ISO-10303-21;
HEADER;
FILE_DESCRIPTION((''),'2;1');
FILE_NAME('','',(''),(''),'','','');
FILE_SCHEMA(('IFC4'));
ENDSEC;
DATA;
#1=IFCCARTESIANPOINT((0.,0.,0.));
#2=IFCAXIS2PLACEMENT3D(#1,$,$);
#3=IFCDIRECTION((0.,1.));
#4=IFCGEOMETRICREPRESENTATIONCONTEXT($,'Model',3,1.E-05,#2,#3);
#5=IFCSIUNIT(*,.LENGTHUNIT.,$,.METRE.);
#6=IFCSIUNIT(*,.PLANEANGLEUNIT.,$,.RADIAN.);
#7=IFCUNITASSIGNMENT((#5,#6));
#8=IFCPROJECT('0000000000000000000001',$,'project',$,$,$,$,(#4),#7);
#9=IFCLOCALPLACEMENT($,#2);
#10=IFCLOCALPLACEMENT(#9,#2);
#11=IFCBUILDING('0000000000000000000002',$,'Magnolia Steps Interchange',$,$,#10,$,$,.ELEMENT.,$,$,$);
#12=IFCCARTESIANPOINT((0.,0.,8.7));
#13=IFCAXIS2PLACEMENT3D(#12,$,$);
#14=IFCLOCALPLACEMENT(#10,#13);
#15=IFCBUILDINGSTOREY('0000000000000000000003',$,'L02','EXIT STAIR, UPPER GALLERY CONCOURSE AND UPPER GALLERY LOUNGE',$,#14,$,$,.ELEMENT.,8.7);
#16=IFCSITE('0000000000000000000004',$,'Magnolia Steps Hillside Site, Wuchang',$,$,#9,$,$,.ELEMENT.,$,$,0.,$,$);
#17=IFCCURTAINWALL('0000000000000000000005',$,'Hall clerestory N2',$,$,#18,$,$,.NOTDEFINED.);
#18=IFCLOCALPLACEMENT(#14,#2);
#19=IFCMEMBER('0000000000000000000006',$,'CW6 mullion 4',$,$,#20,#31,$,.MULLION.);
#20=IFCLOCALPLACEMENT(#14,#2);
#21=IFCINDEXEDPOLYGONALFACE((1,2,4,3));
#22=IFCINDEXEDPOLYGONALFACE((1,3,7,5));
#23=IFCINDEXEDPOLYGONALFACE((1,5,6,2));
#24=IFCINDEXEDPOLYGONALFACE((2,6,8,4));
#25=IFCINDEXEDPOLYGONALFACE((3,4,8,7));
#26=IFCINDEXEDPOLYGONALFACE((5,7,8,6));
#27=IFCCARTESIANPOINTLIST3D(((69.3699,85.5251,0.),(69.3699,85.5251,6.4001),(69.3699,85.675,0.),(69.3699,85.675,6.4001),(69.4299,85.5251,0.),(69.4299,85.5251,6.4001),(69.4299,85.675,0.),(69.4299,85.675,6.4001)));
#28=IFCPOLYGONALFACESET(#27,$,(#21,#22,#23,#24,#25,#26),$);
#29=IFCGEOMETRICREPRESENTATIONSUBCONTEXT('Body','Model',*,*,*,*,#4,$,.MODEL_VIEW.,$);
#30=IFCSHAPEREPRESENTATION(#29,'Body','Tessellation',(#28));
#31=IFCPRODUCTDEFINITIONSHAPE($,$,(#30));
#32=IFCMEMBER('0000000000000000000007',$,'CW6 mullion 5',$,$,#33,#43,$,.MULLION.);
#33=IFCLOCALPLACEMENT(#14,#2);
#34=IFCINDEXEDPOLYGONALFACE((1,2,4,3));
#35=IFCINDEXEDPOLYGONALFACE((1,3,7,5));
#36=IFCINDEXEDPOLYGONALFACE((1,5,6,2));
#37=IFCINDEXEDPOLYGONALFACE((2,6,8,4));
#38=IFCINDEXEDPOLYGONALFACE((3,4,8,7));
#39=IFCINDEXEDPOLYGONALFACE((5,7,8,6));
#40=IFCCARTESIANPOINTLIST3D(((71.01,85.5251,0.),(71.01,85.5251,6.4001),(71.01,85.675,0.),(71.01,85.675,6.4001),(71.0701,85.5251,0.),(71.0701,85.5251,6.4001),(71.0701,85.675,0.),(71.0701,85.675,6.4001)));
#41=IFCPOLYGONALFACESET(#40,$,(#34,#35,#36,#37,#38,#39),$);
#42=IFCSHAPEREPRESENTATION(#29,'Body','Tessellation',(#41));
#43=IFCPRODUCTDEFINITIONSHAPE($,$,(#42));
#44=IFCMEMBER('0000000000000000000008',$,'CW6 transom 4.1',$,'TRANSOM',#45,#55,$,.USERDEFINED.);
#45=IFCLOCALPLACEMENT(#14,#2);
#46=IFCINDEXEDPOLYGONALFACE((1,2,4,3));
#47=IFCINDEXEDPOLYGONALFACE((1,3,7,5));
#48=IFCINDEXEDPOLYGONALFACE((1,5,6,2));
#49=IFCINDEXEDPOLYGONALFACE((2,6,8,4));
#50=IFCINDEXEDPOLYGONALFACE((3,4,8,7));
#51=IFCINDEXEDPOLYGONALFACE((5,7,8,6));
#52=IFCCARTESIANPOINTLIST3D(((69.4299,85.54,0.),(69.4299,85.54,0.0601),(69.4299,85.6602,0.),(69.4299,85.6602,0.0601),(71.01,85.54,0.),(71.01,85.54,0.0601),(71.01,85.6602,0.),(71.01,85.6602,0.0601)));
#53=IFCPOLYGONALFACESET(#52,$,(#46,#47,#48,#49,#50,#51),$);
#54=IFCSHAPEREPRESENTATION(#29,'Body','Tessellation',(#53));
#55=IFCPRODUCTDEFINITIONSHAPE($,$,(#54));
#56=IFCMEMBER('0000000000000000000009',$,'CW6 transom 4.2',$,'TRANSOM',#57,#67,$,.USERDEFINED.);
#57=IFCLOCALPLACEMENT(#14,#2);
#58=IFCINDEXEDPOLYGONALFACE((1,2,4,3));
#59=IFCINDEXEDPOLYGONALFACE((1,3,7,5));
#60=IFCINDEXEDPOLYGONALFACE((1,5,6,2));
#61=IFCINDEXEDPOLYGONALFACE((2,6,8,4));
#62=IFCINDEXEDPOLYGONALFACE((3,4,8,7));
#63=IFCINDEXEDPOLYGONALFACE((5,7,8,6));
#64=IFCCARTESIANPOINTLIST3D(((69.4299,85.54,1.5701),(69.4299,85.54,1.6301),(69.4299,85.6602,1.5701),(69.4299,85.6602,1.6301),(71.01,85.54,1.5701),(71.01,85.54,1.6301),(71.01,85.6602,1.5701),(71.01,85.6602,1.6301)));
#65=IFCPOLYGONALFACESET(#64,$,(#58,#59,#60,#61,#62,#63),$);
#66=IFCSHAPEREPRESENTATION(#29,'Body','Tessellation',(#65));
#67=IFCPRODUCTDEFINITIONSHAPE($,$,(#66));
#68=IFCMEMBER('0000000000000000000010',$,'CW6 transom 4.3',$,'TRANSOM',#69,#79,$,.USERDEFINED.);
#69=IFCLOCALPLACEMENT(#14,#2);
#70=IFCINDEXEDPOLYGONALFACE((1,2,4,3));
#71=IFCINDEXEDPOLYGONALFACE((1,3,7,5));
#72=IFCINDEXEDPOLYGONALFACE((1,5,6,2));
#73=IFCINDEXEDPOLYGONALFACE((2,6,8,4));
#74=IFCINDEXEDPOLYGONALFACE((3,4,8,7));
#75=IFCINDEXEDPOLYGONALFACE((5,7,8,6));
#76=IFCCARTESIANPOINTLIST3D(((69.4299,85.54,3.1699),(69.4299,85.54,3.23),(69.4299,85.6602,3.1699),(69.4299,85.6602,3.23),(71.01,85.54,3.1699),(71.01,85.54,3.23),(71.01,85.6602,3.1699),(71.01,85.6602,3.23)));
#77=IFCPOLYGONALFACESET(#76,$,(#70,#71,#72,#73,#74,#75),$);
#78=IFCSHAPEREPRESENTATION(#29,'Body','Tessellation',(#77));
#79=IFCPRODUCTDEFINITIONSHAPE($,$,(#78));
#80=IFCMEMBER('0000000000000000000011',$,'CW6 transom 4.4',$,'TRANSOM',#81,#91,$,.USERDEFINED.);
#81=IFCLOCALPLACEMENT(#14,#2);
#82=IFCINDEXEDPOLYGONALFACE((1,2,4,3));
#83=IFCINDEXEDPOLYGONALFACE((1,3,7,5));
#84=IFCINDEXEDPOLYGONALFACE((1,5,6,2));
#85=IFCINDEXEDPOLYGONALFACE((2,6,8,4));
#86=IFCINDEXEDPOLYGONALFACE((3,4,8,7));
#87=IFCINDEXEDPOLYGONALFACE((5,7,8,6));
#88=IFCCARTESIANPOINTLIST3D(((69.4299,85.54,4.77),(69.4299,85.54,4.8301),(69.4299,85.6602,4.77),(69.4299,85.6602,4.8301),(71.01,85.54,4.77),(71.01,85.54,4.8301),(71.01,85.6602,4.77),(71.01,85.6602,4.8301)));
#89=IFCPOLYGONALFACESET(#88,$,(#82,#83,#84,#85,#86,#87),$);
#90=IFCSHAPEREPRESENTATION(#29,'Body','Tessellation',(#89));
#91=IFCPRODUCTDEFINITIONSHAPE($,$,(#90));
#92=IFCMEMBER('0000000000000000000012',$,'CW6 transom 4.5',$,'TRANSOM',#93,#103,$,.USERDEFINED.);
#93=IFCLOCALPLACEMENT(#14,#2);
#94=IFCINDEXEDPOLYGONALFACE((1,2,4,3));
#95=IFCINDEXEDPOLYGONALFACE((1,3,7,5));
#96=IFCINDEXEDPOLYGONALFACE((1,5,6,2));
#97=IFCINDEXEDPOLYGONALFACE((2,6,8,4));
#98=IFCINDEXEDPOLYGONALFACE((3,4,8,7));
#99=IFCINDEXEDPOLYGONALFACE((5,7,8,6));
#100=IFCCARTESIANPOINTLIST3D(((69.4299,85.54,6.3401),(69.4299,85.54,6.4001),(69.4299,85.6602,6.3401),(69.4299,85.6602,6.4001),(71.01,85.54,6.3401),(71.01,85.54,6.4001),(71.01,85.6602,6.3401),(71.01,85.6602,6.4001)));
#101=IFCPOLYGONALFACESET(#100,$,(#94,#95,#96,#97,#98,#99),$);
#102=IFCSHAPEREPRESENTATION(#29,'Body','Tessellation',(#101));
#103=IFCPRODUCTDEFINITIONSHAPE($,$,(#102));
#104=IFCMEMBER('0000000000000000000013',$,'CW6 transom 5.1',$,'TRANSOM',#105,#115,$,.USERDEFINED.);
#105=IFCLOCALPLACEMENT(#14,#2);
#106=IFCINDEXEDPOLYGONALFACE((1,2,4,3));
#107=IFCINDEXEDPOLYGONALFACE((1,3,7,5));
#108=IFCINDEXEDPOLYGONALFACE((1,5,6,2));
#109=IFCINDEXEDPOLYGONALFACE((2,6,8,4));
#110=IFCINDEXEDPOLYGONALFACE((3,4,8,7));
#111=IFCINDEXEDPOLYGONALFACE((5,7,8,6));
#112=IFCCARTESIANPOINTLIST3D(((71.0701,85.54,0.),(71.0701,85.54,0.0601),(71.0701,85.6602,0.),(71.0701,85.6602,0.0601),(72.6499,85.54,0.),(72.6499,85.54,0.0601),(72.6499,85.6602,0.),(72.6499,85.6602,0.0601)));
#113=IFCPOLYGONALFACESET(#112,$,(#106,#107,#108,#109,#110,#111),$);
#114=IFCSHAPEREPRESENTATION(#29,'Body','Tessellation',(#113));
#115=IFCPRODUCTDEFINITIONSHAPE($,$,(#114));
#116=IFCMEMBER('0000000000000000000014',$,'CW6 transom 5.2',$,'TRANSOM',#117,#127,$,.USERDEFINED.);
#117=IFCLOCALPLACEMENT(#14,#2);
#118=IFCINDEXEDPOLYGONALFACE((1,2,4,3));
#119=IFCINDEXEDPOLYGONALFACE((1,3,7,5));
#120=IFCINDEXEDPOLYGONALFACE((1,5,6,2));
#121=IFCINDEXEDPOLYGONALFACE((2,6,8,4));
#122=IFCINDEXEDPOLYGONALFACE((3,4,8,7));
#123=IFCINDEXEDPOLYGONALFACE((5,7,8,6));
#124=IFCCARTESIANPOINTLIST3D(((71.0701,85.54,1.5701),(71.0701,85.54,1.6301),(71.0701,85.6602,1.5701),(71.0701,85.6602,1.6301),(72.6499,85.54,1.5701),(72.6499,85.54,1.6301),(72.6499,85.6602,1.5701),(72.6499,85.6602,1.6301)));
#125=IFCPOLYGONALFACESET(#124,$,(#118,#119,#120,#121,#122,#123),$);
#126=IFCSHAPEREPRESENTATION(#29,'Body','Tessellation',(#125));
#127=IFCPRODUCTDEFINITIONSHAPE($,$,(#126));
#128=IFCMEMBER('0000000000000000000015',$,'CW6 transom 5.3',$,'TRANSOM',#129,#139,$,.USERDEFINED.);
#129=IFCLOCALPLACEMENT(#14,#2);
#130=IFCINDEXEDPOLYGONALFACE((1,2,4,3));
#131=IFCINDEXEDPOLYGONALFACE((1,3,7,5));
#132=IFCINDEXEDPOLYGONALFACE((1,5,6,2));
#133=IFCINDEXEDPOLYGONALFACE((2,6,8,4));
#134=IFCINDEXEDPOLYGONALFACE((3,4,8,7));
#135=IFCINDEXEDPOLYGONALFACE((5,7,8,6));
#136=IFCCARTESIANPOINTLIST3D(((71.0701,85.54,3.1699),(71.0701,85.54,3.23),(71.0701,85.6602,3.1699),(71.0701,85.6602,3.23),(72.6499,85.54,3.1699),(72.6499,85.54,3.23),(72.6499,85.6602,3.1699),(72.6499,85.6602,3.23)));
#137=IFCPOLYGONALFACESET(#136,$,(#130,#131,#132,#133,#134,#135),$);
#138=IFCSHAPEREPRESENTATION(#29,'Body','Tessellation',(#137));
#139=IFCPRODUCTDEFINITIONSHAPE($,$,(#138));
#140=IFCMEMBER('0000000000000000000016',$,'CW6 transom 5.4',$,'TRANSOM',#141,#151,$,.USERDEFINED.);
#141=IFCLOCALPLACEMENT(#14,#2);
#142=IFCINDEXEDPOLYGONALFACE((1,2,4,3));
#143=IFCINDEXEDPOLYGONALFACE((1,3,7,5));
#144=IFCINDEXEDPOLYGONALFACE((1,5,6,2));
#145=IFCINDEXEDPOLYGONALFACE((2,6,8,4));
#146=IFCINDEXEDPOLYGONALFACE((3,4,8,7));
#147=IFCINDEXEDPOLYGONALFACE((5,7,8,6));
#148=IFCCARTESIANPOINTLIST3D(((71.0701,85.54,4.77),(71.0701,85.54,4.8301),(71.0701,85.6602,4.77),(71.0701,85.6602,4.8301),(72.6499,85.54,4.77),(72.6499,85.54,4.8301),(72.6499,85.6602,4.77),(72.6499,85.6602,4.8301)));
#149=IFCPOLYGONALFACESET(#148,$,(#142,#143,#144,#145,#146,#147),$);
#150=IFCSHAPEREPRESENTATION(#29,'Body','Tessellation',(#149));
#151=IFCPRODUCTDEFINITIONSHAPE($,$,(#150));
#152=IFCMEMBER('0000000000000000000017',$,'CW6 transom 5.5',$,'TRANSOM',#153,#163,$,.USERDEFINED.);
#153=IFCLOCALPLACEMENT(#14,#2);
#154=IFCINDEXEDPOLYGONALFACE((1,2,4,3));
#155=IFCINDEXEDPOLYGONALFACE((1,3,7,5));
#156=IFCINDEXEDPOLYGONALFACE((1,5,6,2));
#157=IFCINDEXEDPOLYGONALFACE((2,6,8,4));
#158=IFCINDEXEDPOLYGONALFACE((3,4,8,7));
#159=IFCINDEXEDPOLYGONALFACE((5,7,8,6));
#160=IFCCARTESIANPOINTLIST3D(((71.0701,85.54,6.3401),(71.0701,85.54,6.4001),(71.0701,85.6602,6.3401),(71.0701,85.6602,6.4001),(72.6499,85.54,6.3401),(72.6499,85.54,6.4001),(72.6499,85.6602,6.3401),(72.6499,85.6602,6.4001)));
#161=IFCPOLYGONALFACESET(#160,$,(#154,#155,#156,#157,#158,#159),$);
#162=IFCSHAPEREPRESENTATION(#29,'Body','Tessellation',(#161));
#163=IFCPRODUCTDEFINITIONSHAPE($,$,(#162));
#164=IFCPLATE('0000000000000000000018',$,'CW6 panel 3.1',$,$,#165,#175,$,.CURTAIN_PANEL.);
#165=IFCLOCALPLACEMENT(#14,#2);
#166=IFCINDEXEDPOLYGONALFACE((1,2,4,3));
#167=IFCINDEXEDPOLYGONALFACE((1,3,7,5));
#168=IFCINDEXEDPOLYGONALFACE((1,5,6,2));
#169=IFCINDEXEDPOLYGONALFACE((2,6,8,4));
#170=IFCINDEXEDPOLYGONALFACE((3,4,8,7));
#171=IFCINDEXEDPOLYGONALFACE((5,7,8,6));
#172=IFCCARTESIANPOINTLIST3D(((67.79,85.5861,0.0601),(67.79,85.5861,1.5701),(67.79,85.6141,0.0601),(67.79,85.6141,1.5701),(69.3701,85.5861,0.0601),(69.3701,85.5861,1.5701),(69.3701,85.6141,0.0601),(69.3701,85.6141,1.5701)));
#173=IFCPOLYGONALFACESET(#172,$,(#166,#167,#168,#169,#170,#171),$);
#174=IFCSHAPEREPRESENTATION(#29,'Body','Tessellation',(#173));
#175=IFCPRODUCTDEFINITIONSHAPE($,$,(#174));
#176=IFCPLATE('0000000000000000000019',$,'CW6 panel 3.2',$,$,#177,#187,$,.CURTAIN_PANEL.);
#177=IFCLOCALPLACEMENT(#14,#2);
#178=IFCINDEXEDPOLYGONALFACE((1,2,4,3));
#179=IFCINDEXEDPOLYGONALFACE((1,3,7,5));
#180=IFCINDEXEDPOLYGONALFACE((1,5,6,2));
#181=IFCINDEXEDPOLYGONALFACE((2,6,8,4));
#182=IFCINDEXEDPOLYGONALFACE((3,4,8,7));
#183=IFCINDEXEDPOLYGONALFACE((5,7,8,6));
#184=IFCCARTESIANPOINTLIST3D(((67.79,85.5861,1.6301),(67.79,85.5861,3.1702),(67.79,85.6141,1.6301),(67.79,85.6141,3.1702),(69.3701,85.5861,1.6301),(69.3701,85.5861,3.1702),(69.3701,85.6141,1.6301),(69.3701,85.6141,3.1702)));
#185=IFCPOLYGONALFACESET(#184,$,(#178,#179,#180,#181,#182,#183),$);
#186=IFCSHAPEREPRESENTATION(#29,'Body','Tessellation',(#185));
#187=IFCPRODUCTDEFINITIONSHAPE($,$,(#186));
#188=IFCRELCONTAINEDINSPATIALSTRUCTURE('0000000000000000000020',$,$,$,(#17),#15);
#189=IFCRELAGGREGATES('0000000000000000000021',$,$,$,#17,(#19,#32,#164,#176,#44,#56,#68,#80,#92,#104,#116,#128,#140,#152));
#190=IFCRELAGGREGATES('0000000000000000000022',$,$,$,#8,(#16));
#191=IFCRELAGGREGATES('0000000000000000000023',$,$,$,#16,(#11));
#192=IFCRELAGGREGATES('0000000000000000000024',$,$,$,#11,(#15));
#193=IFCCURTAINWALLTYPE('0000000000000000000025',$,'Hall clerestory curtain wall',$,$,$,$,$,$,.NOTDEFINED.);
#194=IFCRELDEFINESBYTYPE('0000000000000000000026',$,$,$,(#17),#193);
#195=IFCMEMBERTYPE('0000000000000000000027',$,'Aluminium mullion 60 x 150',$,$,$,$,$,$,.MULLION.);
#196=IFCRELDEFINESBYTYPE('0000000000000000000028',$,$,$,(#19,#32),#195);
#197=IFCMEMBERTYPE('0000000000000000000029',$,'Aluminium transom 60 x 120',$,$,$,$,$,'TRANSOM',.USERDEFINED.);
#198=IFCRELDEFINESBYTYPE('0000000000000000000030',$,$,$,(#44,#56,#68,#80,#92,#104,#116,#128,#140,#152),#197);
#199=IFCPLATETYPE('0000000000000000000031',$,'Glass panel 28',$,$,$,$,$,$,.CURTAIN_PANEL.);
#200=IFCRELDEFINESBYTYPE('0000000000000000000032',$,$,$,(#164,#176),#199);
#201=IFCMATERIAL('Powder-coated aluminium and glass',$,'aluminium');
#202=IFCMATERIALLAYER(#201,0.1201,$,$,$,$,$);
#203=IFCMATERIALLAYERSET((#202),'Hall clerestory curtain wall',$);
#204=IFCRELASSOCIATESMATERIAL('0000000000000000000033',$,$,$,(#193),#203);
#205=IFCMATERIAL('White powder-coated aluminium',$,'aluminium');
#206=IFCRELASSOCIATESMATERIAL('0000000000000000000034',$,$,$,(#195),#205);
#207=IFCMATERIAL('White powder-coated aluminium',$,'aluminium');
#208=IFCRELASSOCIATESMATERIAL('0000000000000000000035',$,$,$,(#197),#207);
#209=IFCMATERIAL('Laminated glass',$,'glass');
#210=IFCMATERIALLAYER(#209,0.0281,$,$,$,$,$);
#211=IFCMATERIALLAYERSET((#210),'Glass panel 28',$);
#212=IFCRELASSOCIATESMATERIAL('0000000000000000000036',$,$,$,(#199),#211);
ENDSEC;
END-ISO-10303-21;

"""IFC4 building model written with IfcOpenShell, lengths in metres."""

from ifc_helpers import new_model, si_unit, direction, frame, origin, origin_2d, place, context, subcontext, project, spatial, rectangle, extrude, material, layer, layer_set, material_profile, profile_set, type_object, element, aggregate, save


model = new_model("IFC4")

# Units and contexts
model_context = context("Model", 3, precision=1e-05, world=origin(), true_north=direction((0.0, 1.0)))
body_context = subcontext(model_context, "Body", "Model", "MODEL_VIEW")
ifc_project = project(units=[si_unit("LENGTHUNIT", "METRE"), si_unit("PLANEANGLEUNIT", "RADIAN")], contexts=[model_context])

# Site, building, storey
site_placement = place(None, origin())
site = spatial("IfcSite", under=ifc_project, at=site_placement, Name="Magnolia Steps Hillside Site, Wuchang", CompositionType="ELEMENT", RefElevation=0.0)
building_placement = place(site_placement, origin())
building = spatial("IfcBuilding", under=site, at=building_placement, Name="Magnolia Steps Interchange", CompositionType="ELEMENT")
storey_placement = place(building_placement, frame((0.0, 0.0, 8.7)))
storey = spatial("IfcBuildingStorey", under=building, at=storey_placement, Name="L02", Description="EXIT STAIR, UPPER GALLERY CONCOURSE AND UPPER GALLERY LOUNGE", CompositionType="ELEMENT", Elevation=8.7)

# Curtain wall, members, plates
ifc_material_1 = material(Name="Powder-coated aluminium and glass", Category="aluminium")
ifc_layer_1 = layer(ifc_material_1, 0.1201)
ifc_layer_set_1 = layer_set([ifc_layer_1], Name="Hall clerestory curtain wall")
curtain_wall_type = type_object("IfcCurtainWallType", Name="Hall clerestory curtain wall", PredefinedType="NOTDEFINED", material=ifc_layer_set_1)
curtain_wall_placement = place(storey_placement, origin())
curtain_wall = element("IfcCurtainWall", 1, at=curtain_wall_placement, inside=storey, type_object=curtain_wall_type, Name="Hall clerestory N2", PredefinedType="NOTDEFINED")
ifc_material_2 = material(Name="White powder-coated aluminium", Category="aluminium")
ifc_material_profile_1 = material_profile(ifc_material_2, rectangle(XDim=0.0601, YDim=0.1499, at=origin_2d()), Name="Aluminium mullion 60 x 150")
ifc_profile_set_1 = profile_set([ifc_material_profile_1], Name="White powder-coated aluminium")
member_type_1 = type_object("IfcMemberType", Name="Aluminium mullion 60 x 150", PredefinedType="MULLION", material=ifc_profile_set_1)
member_1_placement = place(storey_placement, frame((69.3999, 85.6001, 0.0), z_axis=(0.0, 0.0, 1.0), x_axis=(1.0, 0.0, 0.0)))
member_1 = element("IfcMember", 2, at=member_1_placement, type_object=member_type_1, Name="CW6 mullion 4", PredefinedType="MULLION", context=body_context, shape_type="SweptSolid", body=[
    extrude(rectangle(XDim=0.0601, YDim=0.1499, at=origin_2d()), origin(), (0.0, 0.0, 1.0), 6.4001),
])
member_2_placement = place(storey_placement, frame((71.04, 85.6001, 0.0), z_axis=(0.0, 0.0, 1.0), x_axis=(1.0, 0.0, 0.0)))
member_2 = element("IfcMember", 3, at=member_2_placement, type_object=member_type_1, Name="CW6 mullion 5", PredefinedType="MULLION", context=body_context, shape_type="SweptSolid", body=[
    extrude(rectangle(XDim=0.0601, YDim=0.1499, at=origin_2d()), origin(), (0.0, 0.0, 1.0), 6.4001),
])
ifc_material_3 = material(Name="White powder-coated aluminium", Category="aluminium")
ifc_material_profile_2 = material_profile(ifc_material_3, rectangle(XDim=0.0601, YDim=0.1201, at=origin_2d()), Name="Aluminium transom 60 x 120")
ifc_profile_set_2 = profile_set([ifc_material_profile_2], Name="White powder-coated aluminium")
member_type_2 = type_object("IfcMemberType", Name="Aluminium transom 60 x 120", ElementType="TRANSOM", PredefinedType="USERDEFINED", material=ifc_profile_set_2)
member_3_placement = place(storey_placement, frame((69.4299, 85.6001, 0.03), z_axis=(1.0, 0.0, 0.0), x_axis=(0.0, 0.0, 1.0)))
member_3 = element("IfcMember", 4, at=member_3_placement, type_object=member_type_2, Name="CW6 transom 4.1", ObjectType="TRANSOM", PredefinedType="USERDEFINED", context=body_context, shape_type="SweptSolid", body=[
    extrude(rectangle(XDim=0.0601, YDim=0.1201, at=origin_2d()), origin(), (0.0, 0.0, 1.0), 1.5801),
])
member_4_placement = place(storey_placement, frame((69.4299, 85.6001, 1.6001), z_axis=(1.0, 0.0, 0.0), x_axis=(0.0, 0.0, 1.0)))
member_4 = element("IfcMember", 5, at=member_4_placement, type_object=member_type_2, Name="CW6 transom 4.2", ObjectType="TRANSOM", PredefinedType="USERDEFINED", context=body_context, shape_type="SweptSolid", body=[
    extrude(rectangle(XDim=0.0601, YDim=0.1201, at=origin_2d()), origin(), (0.0, 0.0, 1.0), 1.5801),
])
member_5_placement = place(storey_placement, frame((69.4299, 85.6001, 3.2), z_axis=(1.0, 0.0, 0.0), x_axis=(0.0, 0.0, 1.0)))
member_5 = element("IfcMember", 6, at=member_5_placement, type_object=member_type_2, Name="CW6 transom 4.3", ObjectType="TRANSOM", PredefinedType="USERDEFINED", context=body_context, shape_type="SweptSolid", body=[
    extrude(rectangle(XDim=0.0601, YDim=0.1201, at=origin_2d()), origin(), (0.0, 0.0, 1.0), 1.5801),
])
member_6_placement = place(storey_placement, frame((69.4299, 85.6001, 4.8), z_axis=(1.0, 0.0, 0.0), x_axis=(0.0, 0.0, 1.0)))
member_6 = element("IfcMember", 7, at=member_6_placement, type_object=member_type_2, Name="CW6 transom 4.4", ObjectType="TRANSOM", PredefinedType="USERDEFINED", context=body_context, shape_type="SweptSolid", body=[
    extrude(rectangle(XDim=0.0601, YDim=0.1201, at=origin_2d()), origin(), (0.0, 0.0, 1.0), 1.5801),
])
member_7_placement = place(storey_placement, frame((69.4299, 85.6001, 6.3701), z_axis=(1.0, 0.0, 0.0), x_axis=(0.0, 0.0, 1.0)))
member_7 = element("IfcMember", 8, at=member_7_placement, type_object=member_type_2, Name="CW6 transom 4.5", ObjectType="TRANSOM", PredefinedType="USERDEFINED", context=body_context, shape_type="SweptSolid", body=[
    extrude(rectangle(XDim=0.0601, YDim=0.1201, at=origin_2d()), origin(), (0.0, 0.0, 1.0), 1.5801),
])
member_8_placement = place(storey_placement, frame((71.0701, 85.6001, 0.03), z_axis=(1.0, 0.0, 0.0), x_axis=(0.0, 0.0, 1.0)))
member_8 = element("IfcMember", 9, at=member_8_placement, type_object=member_type_2, Name="CW6 transom 5.1", ObjectType="TRANSOM", PredefinedType="USERDEFINED", context=body_context, shape_type="SweptSolid", body=[
    extrude(rectangle(XDim=0.0601, YDim=0.1201, at=origin_2d()), origin(), (0.0, 0.0, 1.0), 1.5798),
])
member_9_placement = place(storey_placement, frame((71.0701, 85.6001, 1.6001), z_axis=(1.0, 0.0, 0.0), x_axis=(0.0, 0.0, 1.0)))
member_9 = element("IfcMember", 10, at=member_9_placement, type_object=member_type_2, Name="CW6 transom 5.2", ObjectType="TRANSOM", PredefinedType="USERDEFINED", context=body_context, shape_type="SweptSolid", body=[
    extrude(rectangle(XDim=0.0601, YDim=0.1201, at=origin_2d()), origin(), (0.0, 0.0, 1.0), 1.5798),
])
member_10_placement = place(storey_placement, frame((71.0701, 85.6001, 3.2), z_axis=(1.0, 0.0, 0.0), x_axis=(0.0, 0.0, 1.0)))
member_10 = element("IfcMember", 11, at=member_10_placement, type_object=member_type_2, Name="CW6 transom 5.3", ObjectType="TRANSOM", PredefinedType="USERDEFINED", context=body_context, shape_type="SweptSolid", body=[
    extrude(rectangle(XDim=0.0601, YDim=0.1201, at=origin_2d()), origin(), (0.0, 0.0, 1.0), 1.5798),
])
member_11_placement = place(storey_placement, frame((71.0701, 85.6001, 4.8), z_axis=(1.0, 0.0, 0.0), x_axis=(0.0, 0.0, 1.0)))
member_11 = element("IfcMember", 12, at=member_11_placement, type_object=member_type_2, Name="CW6 transom 5.4", ObjectType="TRANSOM", PredefinedType="USERDEFINED", context=body_context, shape_type="SweptSolid", body=[
    extrude(rectangle(XDim=0.0601, YDim=0.1201, at=origin_2d()), origin(), (0.0, 0.0, 1.0), 1.5798),
])
member_12_placement = place(storey_placement, frame((71.0701, 85.6001, 6.3701), z_axis=(1.0, 0.0, 0.0), x_axis=(0.0, 0.0, 1.0)))
member_12 = element("IfcMember", 13, at=member_12_placement, type_object=member_type_2, Name="CW6 transom 5.5", ObjectType="TRANSOM", PredefinedType="USERDEFINED", context=body_context, shape_type="SweptSolid", body=[
    extrude(rectangle(XDim=0.0601, YDim=0.1201, at=origin_2d()), origin(), (0.0, 0.0, 1.0), 1.5798),
])
ifc_material_4 = material(Name="Laminated glass", Category="glass")
ifc_layer_2 = layer(ifc_material_4, 0.0281)
ifc_layer_set_2 = layer_set([ifc_layer_2], Name="Glass panel 28")
plate_type = type_object("IfcPlateType", Name="Glass panel 28", PredefinedType="CURTAIN_PANEL", material=ifc_layer_set_2)
plate_1_placement = place(storey_placement, frame((68.5801, 85.6001, 0.0601), z_axis=(0.0, 0.0, 1.0), x_axis=(1.0, 0.0, 0.0)))
plate_1 = element("IfcPlate", 14, at=plate_1_placement, type_object=plate_type, Name="CW6 panel 3.1", PredefinedType="CURTAIN_PANEL", context=body_context, shape_type="SweptSolid", body=[
    extrude(rectangle(XDim=1.5801, YDim=0.0281, at=origin_2d()), origin(), (0.0, 0.0, 1.0), 1.51),
])
plate_2_placement = place(storey_placement, frame((68.5801, 85.6001, 1.6301), z_axis=(0.0, 0.0, 1.0), x_axis=(1.0, 0.0, 0.0)))
plate_2 = element("IfcPlate", 15, at=plate_2_placement, type_object=plate_type, Name="CW6 panel 3.2", PredefinedType="CURTAIN_PANEL", context=body_context, shape_type="SweptSolid", body=[
    extrude(rectangle(XDim=1.5801, YDim=0.0281, at=origin_2d()), origin(), (0.0, 0.0, 1.0), 1.54),
])
aggregate(curtain_wall, [member_1, member_2, plate_1, plate_2, member_3, member_4, member_5, member_6, member_7, member_8, member_9, member_10, member_11, member_12])

save(model, "model.ifc")
